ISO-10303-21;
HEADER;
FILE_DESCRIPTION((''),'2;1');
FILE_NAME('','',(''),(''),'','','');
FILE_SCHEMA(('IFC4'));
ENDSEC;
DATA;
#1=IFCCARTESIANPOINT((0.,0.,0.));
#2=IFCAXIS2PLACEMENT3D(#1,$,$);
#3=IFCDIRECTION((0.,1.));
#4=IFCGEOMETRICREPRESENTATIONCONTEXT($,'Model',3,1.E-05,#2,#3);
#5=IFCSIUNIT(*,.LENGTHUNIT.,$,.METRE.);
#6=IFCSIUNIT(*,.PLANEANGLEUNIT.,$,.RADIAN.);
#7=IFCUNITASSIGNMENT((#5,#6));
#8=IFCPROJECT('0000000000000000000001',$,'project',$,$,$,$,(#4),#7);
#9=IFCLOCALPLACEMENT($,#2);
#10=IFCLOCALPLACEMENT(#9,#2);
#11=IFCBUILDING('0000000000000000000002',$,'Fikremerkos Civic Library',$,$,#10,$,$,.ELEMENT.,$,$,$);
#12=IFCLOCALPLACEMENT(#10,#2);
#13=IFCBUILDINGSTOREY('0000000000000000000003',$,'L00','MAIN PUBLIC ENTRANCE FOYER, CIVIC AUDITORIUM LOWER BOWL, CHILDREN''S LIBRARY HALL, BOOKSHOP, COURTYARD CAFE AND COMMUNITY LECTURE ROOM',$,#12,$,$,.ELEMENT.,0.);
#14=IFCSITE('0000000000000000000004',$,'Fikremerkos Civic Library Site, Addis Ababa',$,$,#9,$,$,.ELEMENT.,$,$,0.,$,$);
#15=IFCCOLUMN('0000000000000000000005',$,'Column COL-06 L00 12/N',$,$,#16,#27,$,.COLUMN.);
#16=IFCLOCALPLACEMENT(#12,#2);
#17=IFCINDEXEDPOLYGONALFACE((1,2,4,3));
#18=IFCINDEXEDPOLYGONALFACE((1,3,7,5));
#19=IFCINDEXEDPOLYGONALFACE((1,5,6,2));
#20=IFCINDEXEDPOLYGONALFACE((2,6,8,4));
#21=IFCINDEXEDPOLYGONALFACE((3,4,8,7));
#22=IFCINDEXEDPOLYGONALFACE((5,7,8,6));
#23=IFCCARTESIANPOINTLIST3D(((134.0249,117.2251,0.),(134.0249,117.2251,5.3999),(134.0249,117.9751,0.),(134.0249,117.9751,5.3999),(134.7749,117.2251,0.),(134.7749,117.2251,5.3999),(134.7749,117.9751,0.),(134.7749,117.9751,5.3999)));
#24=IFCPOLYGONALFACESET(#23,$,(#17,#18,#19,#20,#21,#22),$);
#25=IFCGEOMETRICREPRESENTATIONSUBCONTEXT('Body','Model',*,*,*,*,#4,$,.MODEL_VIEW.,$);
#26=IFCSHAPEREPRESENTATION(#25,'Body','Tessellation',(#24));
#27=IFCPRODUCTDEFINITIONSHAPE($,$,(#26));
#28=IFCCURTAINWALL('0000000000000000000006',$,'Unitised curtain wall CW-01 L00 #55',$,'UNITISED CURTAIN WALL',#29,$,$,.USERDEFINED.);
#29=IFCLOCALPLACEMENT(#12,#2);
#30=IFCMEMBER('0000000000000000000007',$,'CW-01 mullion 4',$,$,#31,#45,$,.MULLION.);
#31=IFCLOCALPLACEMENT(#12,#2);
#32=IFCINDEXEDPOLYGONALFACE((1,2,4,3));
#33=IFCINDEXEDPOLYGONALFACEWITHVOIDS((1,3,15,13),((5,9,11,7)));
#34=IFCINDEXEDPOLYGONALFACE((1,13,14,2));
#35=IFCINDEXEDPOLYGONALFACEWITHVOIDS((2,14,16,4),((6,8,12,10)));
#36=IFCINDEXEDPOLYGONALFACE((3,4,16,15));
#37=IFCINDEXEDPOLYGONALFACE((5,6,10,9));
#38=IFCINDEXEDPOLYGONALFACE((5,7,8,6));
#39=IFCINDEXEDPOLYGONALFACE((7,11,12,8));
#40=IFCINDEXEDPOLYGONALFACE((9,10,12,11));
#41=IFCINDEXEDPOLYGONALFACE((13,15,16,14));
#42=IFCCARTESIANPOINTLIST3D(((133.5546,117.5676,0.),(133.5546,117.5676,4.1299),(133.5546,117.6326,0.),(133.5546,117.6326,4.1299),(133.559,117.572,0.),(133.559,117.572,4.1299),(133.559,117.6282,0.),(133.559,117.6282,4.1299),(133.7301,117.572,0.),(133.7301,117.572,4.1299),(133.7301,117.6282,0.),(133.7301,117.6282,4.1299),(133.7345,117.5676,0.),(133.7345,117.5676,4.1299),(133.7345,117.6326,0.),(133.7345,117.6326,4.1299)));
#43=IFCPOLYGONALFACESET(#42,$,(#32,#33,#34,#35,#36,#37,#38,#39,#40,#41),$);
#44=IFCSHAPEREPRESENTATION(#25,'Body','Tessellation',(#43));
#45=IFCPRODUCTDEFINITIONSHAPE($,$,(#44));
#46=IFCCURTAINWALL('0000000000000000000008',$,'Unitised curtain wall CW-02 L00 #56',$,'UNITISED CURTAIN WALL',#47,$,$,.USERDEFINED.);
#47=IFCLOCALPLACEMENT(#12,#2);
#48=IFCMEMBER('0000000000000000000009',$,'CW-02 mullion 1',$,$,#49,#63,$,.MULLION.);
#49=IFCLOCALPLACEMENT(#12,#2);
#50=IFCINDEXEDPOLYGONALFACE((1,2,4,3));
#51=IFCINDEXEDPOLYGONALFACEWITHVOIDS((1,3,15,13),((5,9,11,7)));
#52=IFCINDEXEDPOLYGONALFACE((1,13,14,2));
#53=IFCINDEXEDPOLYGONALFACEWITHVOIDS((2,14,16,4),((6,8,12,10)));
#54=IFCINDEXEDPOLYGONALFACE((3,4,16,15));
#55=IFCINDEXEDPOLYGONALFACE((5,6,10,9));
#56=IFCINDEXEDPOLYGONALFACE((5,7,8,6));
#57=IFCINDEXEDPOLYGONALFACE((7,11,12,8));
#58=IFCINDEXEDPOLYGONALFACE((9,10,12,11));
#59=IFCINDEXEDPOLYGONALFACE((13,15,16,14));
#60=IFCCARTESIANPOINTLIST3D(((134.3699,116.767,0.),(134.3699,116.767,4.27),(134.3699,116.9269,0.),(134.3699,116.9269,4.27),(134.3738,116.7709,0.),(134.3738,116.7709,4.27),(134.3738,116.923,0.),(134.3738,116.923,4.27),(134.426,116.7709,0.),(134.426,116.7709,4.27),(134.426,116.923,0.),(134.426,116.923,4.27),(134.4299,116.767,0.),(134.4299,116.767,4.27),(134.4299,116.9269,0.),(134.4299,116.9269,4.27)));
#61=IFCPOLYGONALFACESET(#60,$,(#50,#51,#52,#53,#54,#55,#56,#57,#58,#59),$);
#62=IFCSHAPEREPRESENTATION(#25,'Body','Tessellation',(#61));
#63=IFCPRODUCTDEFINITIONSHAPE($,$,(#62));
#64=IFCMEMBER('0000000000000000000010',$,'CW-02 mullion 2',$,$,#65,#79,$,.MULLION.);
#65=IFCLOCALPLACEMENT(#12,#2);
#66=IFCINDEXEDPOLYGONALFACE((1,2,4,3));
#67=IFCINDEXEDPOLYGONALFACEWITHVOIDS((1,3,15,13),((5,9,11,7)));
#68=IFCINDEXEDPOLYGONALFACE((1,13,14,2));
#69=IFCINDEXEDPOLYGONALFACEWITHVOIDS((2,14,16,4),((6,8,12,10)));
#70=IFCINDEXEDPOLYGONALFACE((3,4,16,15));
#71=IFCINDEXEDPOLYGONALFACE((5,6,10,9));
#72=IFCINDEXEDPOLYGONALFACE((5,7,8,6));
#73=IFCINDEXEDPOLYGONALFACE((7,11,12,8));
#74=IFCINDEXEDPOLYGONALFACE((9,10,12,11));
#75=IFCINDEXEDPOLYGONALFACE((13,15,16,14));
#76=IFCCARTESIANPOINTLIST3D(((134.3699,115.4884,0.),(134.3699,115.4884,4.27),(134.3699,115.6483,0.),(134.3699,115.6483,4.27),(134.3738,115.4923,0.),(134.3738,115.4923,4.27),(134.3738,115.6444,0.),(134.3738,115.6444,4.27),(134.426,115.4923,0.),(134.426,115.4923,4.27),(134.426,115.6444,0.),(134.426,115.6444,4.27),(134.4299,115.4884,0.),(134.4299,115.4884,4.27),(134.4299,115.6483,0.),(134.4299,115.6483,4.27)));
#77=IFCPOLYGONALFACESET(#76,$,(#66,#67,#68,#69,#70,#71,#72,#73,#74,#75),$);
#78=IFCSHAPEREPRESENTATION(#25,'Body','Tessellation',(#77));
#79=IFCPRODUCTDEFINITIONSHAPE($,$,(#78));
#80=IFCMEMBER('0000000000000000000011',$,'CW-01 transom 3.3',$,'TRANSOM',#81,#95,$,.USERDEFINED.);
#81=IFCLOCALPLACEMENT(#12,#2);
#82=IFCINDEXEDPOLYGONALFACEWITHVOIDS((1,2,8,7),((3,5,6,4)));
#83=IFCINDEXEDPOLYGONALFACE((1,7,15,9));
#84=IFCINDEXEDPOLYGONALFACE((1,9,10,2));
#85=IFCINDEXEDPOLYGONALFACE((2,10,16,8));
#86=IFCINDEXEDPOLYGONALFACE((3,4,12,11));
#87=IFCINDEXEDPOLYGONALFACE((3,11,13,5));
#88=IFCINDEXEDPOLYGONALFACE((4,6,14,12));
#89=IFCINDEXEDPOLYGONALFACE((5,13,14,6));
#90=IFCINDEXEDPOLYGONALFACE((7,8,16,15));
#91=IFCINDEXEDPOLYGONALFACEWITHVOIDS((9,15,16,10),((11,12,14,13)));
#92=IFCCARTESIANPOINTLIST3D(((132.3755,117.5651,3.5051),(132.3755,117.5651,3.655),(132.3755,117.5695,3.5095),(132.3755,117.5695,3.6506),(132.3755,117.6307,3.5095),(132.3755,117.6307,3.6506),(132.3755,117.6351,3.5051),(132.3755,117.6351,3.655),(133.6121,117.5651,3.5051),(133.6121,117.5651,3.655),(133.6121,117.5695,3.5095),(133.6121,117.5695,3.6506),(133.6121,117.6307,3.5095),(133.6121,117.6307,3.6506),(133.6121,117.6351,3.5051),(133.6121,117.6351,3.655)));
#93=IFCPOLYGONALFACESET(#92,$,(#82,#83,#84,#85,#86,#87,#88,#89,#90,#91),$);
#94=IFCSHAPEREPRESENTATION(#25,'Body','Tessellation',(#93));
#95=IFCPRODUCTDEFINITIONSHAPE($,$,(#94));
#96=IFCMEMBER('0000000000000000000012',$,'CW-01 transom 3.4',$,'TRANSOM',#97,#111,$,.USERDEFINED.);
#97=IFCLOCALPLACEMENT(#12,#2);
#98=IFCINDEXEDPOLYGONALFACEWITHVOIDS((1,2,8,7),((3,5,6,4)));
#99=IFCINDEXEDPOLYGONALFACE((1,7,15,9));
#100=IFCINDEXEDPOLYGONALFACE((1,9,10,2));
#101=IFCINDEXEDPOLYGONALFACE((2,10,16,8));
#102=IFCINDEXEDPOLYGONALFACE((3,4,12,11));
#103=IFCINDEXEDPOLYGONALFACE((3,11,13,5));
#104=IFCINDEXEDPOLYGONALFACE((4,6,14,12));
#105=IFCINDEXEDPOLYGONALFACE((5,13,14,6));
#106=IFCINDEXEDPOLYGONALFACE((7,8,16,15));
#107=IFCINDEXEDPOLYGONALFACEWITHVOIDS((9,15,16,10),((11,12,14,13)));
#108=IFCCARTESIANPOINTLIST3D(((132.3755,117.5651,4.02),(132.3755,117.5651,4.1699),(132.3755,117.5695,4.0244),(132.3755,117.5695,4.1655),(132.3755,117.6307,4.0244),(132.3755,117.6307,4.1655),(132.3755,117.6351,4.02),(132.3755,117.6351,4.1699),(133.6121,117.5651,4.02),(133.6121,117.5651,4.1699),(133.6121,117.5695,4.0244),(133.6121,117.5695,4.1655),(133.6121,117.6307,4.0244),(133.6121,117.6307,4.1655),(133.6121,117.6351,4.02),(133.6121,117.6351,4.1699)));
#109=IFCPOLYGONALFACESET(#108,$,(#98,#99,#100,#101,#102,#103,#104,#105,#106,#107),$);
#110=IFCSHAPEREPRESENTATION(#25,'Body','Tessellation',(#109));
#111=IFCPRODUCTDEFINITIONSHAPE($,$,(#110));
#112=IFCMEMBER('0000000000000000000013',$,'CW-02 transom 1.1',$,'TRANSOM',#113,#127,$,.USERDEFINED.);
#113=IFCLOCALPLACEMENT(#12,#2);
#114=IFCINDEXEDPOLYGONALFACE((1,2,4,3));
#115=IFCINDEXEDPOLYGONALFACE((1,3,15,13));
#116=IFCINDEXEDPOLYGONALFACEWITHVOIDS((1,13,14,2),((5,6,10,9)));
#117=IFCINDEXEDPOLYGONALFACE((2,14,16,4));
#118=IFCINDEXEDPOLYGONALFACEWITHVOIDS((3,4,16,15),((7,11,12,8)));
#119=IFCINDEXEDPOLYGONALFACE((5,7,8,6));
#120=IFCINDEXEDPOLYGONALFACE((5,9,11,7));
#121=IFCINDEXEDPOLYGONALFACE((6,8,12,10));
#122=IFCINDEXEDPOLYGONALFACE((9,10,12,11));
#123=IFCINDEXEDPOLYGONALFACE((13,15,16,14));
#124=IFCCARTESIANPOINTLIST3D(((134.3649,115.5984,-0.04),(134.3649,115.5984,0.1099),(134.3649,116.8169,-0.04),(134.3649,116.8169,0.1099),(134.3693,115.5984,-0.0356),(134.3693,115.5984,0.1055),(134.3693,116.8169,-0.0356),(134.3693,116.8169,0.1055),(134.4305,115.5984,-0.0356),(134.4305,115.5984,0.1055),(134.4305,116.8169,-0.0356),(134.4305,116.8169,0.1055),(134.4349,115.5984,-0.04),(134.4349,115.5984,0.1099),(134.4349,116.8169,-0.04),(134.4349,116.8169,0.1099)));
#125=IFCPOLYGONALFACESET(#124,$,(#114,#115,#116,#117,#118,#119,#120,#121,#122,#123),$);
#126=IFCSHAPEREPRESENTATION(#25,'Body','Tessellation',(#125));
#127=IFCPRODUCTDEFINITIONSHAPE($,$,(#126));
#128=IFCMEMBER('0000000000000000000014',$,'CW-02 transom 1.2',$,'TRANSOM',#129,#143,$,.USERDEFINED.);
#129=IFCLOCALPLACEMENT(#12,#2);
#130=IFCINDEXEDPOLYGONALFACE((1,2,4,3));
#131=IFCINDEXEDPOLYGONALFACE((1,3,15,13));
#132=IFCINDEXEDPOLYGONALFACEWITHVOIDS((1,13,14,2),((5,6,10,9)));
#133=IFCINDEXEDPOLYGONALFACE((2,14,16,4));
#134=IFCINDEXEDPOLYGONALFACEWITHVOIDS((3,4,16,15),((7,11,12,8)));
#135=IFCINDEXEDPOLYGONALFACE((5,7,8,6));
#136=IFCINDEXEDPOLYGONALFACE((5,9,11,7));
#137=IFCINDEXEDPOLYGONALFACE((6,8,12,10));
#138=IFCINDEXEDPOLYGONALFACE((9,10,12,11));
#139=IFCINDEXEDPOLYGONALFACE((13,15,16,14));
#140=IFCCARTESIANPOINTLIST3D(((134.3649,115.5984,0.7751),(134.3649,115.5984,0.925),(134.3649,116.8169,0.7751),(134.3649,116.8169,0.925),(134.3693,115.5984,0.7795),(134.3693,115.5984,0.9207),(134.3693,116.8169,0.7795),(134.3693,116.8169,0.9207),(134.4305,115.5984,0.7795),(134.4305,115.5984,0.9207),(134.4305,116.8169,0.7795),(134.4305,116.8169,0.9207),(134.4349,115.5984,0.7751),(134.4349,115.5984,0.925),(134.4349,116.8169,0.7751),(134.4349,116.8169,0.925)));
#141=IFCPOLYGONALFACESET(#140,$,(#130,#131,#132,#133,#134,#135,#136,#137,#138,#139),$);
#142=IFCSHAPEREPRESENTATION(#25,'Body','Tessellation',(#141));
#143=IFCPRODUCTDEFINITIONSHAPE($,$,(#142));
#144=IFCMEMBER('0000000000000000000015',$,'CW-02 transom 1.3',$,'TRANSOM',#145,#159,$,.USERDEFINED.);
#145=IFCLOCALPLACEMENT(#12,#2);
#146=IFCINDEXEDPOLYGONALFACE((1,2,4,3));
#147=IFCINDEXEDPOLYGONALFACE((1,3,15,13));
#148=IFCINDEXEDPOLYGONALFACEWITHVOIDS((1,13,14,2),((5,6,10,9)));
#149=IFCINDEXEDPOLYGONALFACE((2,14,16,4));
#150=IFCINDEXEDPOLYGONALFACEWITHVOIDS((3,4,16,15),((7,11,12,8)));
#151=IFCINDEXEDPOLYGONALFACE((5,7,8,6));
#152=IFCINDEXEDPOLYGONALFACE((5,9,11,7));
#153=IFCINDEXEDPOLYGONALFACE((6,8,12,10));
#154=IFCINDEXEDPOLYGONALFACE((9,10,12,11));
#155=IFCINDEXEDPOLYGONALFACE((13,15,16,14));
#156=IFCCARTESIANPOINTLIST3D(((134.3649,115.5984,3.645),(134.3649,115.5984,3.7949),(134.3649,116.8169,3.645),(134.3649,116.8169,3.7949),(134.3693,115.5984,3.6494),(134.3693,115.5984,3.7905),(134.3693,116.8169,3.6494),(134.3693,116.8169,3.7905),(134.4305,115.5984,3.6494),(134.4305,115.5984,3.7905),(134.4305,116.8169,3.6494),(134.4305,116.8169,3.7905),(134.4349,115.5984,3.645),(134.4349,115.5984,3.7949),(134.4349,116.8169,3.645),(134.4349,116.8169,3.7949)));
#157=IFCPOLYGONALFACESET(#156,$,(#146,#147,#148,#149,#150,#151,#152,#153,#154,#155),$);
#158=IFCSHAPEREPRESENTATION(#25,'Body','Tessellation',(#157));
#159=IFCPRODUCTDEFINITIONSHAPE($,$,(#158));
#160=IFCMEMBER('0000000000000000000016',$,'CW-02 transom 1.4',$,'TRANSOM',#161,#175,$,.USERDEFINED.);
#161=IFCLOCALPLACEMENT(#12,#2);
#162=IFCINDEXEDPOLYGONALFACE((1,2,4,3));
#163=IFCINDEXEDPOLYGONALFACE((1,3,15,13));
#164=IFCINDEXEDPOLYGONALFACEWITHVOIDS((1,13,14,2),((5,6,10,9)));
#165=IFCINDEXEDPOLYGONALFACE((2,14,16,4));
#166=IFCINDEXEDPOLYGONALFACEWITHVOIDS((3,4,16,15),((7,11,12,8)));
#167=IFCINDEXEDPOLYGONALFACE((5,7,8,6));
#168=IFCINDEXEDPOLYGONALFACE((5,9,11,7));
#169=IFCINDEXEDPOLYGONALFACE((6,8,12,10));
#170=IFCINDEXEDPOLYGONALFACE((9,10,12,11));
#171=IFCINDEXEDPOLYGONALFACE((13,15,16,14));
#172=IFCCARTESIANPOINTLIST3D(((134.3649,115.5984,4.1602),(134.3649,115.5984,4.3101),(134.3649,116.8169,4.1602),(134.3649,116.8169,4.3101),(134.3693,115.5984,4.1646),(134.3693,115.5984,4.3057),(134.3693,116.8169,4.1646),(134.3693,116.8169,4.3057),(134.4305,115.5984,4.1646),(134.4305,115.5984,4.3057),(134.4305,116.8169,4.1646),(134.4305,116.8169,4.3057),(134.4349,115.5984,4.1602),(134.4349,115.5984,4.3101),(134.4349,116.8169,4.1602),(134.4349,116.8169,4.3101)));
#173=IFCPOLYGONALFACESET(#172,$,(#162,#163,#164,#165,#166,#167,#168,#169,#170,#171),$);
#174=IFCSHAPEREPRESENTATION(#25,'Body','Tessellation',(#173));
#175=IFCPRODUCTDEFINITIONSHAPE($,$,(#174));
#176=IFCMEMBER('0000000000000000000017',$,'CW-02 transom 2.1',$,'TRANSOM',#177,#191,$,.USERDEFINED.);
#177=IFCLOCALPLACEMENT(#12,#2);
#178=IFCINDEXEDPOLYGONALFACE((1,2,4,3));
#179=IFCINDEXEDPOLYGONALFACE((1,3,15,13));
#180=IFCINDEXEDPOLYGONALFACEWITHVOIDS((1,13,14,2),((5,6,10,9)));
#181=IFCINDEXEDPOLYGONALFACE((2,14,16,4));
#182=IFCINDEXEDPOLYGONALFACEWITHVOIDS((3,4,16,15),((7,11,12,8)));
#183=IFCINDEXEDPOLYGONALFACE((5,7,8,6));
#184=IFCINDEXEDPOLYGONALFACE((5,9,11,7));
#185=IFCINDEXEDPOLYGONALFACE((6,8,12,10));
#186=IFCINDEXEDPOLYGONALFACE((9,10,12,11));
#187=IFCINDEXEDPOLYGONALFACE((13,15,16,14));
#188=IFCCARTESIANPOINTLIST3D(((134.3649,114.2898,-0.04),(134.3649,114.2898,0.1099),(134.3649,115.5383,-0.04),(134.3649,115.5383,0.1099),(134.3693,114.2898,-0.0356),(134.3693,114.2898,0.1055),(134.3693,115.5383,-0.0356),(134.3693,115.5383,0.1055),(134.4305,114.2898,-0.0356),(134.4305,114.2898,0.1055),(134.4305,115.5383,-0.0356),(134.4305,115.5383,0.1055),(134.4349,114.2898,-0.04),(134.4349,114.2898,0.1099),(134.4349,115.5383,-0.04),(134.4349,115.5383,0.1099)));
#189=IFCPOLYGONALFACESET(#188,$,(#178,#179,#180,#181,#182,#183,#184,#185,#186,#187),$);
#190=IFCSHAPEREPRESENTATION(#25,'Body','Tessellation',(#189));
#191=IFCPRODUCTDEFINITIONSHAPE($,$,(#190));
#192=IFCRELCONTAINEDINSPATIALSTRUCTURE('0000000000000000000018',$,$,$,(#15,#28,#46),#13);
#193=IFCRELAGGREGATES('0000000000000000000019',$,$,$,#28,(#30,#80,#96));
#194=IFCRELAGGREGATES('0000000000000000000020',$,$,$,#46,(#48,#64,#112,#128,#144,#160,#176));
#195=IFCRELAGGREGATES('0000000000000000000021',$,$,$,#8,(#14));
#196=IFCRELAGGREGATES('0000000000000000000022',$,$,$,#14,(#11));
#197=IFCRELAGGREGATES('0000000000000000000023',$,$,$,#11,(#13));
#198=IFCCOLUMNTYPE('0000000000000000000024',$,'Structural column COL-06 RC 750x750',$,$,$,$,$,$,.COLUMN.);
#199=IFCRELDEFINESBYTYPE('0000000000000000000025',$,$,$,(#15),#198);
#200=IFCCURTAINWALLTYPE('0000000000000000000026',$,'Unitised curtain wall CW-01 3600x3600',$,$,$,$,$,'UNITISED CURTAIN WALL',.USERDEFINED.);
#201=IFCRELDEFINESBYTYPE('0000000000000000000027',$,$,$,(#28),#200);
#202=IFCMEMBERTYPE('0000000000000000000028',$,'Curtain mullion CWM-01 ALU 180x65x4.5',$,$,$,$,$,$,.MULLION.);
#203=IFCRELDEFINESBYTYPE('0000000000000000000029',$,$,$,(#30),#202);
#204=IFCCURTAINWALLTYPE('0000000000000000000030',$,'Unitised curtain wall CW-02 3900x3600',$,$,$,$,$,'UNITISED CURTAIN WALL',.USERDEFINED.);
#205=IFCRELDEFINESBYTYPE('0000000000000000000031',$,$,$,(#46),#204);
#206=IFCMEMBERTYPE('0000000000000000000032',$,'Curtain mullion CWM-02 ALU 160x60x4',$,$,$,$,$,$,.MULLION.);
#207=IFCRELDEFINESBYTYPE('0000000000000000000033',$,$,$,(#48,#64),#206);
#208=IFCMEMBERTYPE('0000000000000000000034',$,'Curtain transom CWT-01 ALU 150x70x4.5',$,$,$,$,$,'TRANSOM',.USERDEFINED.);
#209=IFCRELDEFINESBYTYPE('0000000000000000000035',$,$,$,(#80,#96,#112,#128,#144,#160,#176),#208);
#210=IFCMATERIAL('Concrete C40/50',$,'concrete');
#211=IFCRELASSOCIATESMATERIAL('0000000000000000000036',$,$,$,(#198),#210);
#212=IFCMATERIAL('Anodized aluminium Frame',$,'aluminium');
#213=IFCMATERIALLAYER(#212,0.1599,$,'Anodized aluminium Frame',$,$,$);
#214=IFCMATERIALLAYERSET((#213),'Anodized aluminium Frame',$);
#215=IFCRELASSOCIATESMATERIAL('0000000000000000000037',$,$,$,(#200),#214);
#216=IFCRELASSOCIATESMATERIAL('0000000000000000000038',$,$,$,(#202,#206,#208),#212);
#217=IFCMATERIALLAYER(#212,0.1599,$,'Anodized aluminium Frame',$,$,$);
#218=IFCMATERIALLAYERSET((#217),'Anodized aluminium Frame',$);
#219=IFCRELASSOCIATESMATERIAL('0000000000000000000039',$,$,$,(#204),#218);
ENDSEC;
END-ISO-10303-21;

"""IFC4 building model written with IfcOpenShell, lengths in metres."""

from ifc_helpers import new_model, si_unit, direction, frame, origin, origin_2d, place, context, subcontext, project, spatial, rectangle, hollow_rectangle, extrude, material, layer, layer_set, material_profile, profile_set, type_object, element, aggregate, save


model = new_model("IFC4")

# Units and contexts
model_context = context("Model", 3, precision=1e-05, world=origin(), true_north=direction((0.0, 1.0)))
body_context = subcontext(model_context, "Body", "Model", "MODEL_VIEW")
ifc_project = project(units=[si_unit("LENGTHUNIT", "METRE"), si_unit("PLANEANGLEUNIT", "RADIAN")], contexts=[model_context])

# Site, building, storey
site_placement = place(None, origin())
site = spatial("IfcSite", under=ifc_project, at=site_placement, Name="Fikremerkos Civic Library Site, Addis Ababa", CompositionType="ELEMENT", RefElevation=0.0)
building_placement = place(site_placement, origin())
building = spatial("IfcBuilding", under=site, at=building_placement, Name="Fikremerkos Civic Library", CompositionType="ELEMENT")
storey_placement = place(building_placement, origin())
storey = spatial("IfcBuildingStorey", under=building, at=storey_placement, Name="L00", Description="MAIN PUBLIC ENTRANCE FOYER, CIVIC AUDITORIUM LOWER BOWL, CHILDREN'S LIBRARY HALL, BOOKSHOP, COURTYARD CAFE AND COMMUNITY LECTURE ROOM", CompositionType="ELEMENT", Elevation=0.0)

# Column
ifc_material_1 = material(Name="Concrete C40/50", Category="concrete")
ifc_material_profile_1 = material_profile(ifc_material_1, rectangle(XDim=0.75, YDim=0.75, at=origin_2d()), Name="RC 750x750")
ifc_profile_set_1 = profile_set([ifc_material_profile_1], Name="Concrete C40/50")
column_type = type_object("IfcColumnType", Name="Structural column COL-06 RC 750x750", PredefinedType="COLUMN", material=ifc_profile_set_1)
column_placement = place(storey_placement, frame((134.3999, 117.6001, 0.0), z_axis=(0.0, 0.0, 1.0), x_axis=(1.0, 0.0, 0.0)))
element("IfcColumn", 1, at=column_placement, inside=storey, type_object=column_type, Name="Column COL-06 L00 12/N", PredefinedType="COLUMN", context=body_context, shape_type="SweptSolid", body=[
    extrude(rectangle(XDim=0.75, YDim=0.75, at=origin_2d()), origin(), (0.0, 0.0, 1.0), 5.3999),
])

# Curtain wall, member
ifc_material_2 = material(Name="Anodized aluminium Frame", Category="aluminium")
ifc_layer_1 = layer(ifc_material_2, 0.1599, Name="Anodized aluminium Frame")
ifc_layer_set_1 = layer_set([ifc_layer_1], Name="Anodized aluminium Frame")
curtain_wall_type_1 = type_object("IfcCurtainWallType", Name="Unitised curtain wall CW-01 3600x3600", ElementType="UNITISED CURTAIN WALL", PredefinedType="USERDEFINED", material=ifc_layer_set_1)
curtain_wall_1_placement = place(storey_placement, origin())
curtain_wall_1 = element("IfcCurtainWall", 2, at=curtain_wall_1_placement, inside=storey, type_object=curtain_wall_type_1, Name="Unitised curtain wall CW-01 L00 #55", ObjectType="UNITISED CURTAIN WALL", PredefinedType="USERDEFINED")
ifc_material_profile_2 = material_profile(ifc_material_2, hollow_rectangle(XDim=0.0649, YDim=0.1799, WallThickness=0.0044, at=origin_2d()), Name="ALU 180x65x4.5")
ifc_profile_set_2 = profile_set([ifc_material_profile_2], Name="Anodized aluminium Frame")
member_type_1 = type_object("IfcMemberType", Name="Curtain mullion CWM-01 ALU 180x65x4.5", PredefinedType="MULLION", material=ifc_profile_set_2)
member_1_placement = place(storey_placement, frame((133.6445, 117.6001, 0.0), z_axis=(0.0, 0.0, 1.0), x_axis=(0.0, 1.0, 0.0)))
member_1 = element("IfcMember", 3, at=member_1_placement, type_object=member_type_1, Name="CW-01 mullion 4", PredefinedType="MULLION", context=body_context, shape_type="SweptSolid", body=[
    extrude(hollow_rectangle(XDim=0.0649, YDim=0.1799, WallThickness=0.0044, at=origin_2d()), origin(), (0.0, 0.0, 1.0), 4.1299),
])

# Curtain wall, members
ifc_layer_2 = layer(ifc_material_2, 0.1599, Name="Anodized aluminium Frame")
ifc_layer_set_2 = layer_set([ifc_layer_2], Name="Anodized aluminium Frame")
curtain_wall_type_2 = type_object("IfcCurtainWallType", Name="Unitised curtain wall CW-02 3900x3600", ElementType="UNITISED CURTAIN WALL", PredefinedType="USERDEFINED", material=ifc_layer_set_2)
curtain_wall_2_placement = place(storey_placement, origin())
curtain_wall_2 = element("IfcCurtainWall", 4, at=curtain_wall_2_placement, inside=storey, type_object=curtain_wall_type_2, Name="Unitised curtain wall CW-02 L00 #56", ObjectType="UNITISED CURTAIN WALL", PredefinedType="USERDEFINED")
ifc_material_profile_3 = material_profile(ifc_material_2, hollow_rectangle(XDim=0.0601, YDim=0.1599, WallThickness=0.0039, at=origin_2d()), Name="ALU 160x60x4")
ifc_profile_set_3 = profile_set([ifc_material_profile_3], Name="Anodized aluminium Frame")
member_type_2 = type_object("IfcMemberType", Name="Curtain mullion CWM-02 ALU 160x60x4", PredefinedType="MULLION", material=ifc_profile_set_3)
member_2_placement = place(storey_placement, frame((134.3999, 116.8469, 0.0), z_axis=(0.0, 0.0, 1.0), x_axis=(1.0, 0.0, 0.0)))
member_2 = element("IfcMember", 5, at=member_2_placement, type_object=member_type_2, Name="CW-02 mullion 1", PredefinedType="MULLION", context=body_context, shape_type="SweptSolid", body=[
    extrude(hollow_rectangle(XDim=0.0601, YDim=0.1599, WallThickness=0.0039, at=origin_2d()), origin(), (0.0, 0.0, 1.0), 4.27),
])
member_3_placement = place(storey_placement, frame((134.3999, 115.5684, 0.0), z_axis=(0.0, 0.0, 1.0), x_axis=(1.0, 0.0, 0.0)))
member_3 = element("IfcMember", 6, at=member_3_placement, type_object=member_type_2, Name="CW-02 mullion 2", PredefinedType="MULLION", context=body_context, shape_type="SweptSolid", body=[
    extrude(hollow_rectangle(XDim=0.0601, YDim=0.1599, WallThickness=0.0039, at=origin_2d()), origin(), (0.0, 0.0, 1.0), 4.27),
])

# Members
ifc_material_profile_4 = material_profile(ifc_material_2, hollow_rectangle(XDim=0.0701, YDim=0.1499, WallThickness=0.0044, at=origin_2d()), Name="ALU 150x70x4.5")
ifc_profile_set_4 = profile_set([ifc_material_profile_4], Name="Anodized aluminium Frame")
member_type_3 = type_object("IfcMemberType", Name="Curtain transom CWT-01 ALU 150x70x4.5", ElementType="TRANSOM", PredefinedType="USERDEFINED", material=ifc_profile_set_4)
member_4_placement = place(storey_placement, frame((132.3755, 117.6001, 3.5801), z_axis=(1.0, 0.0, 0.0), x_axis=(0.0, 1.0, 0.0)))
member_4 = element("IfcMember", 7, at=member_4_placement, type_object=member_type_3, Name="CW-01 transom 3.3", ObjectType="TRANSOM", PredefinedType="USERDEFINED", context=body_context, shape_type="SweptSolid", body=[
    extrude(hollow_rectangle(XDim=0.0701, YDim=0.1499, WallThickness=0.0044, at=origin_2d()), origin(), (0.0, 0.0, 1.0), 1.2366),
])
member_5_placement = place(storey_placement, frame((132.3755, 117.6001, 4.095), z_axis=(1.0, 0.0, 0.0), x_axis=(0.0, 1.0, 0.0)))
member_5 = element("IfcMember", 8, at=member_5_placement, type_object=member_type_3, Name="CW-01 transom 3.4", ObjectType="TRANSOM", PredefinedType="USERDEFINED", context=body_context, shape_type="SweptSolid", body=[
    extrude(hollow_rectangle(XDim=0.0701, YDim=0.1499, WallThickness=0.0044, at=origin_2d()), origin(), (0.0, 0.0, 1.0), 1.2366),
])
member_6_placement = place(storey_placement, frame((134.3999, 116.8169, 0.0349), z_axis=(0.0, -1.0, 0.0), x_axis=(1.0, 0.0, 0.0)))
member_6 = element("IfcMember", 9, at=member_6_placement, type_object=member_type_3, Name="CW-02 transom 1.1", ObjectType="TRANSOM", PredefinedType="USERDEFINED", context=body_context, shape_type="SweptSolid", body=[
    extrude(hollow_rectangle(XDim=0.0701, YDim=0.1499, WallThickness=0.0044, at=origin_2d()), origin(), (0.0, 0.0, 1.0), 1.2185),
])
member_7_placement = place(storey_placement, frame((134.3999, 116.8169, 0.8501), z_axis=(0.0, -1.0, 0.0), x_axis=(1.0, 0.0, 0.0)))
member_7 = element("IfcMember", 10, at=member_7_placement, type_object=member_type_3, Name="CW-02 transom 1.2", ObjectType="TRANSOM", PredefinedType="USERDEFINED", context=body_context, shape_type="SweptSolid", body=[
    extrude(hollow_rectangle(XDim=0.0701, YDim=0.1499, WallThickness=0.0044, at=origin_2d()), origin(), (0.0, 0.0, 1.0), 1.2185),
])
member_8_placement = place(storey_placement, frame((134.3999, 116.8169, 3.72), z_axis=(0.0, -1.0, 0.0), x_axis=(1.0, 0.0, 0.0)))
member_8 = element("IfcMember", 11, at=member_8_placement, type_object=member_type_3, Name="CW-02 transom 1.3", ObjectType="TRANSOM", PredefinedType="USERDEFINED", context=body_context, shape_type="SweptSolid", body=[
    extrude(hollow_rectangle(XDim=0.0701, YDim=0.1499, WallThickness=0.0044, at=origin_2d()), origin(), (0.0, 0.0, 1.0), 1.2185),
])
member_9_placement = place(storey_placement, frame((134.3999, 116.8169, 4.2351), z_axis=(0.0, -1.0, 0.0), x_axis=(1.0, 0.0, 0.0)))
member_9 = element("IfcMember", 12, at=member_9_placement, type_object=member_type_3, Name="CW-02 transom 1.4", ObjectType="TRANSOM", PredefinedType="USERDEFINED", context=body_context, shape_type="SweptSolid", body=[
    extrude(hollow_rectangle(XDim=0.0701, YDim=0.1499, WallThickness=0.0044, at=origin_2d()), origin(), (0.0, 0.0, 1.0), 1.2185),
])
member_10_placement = place(storey_placement, frame((134.3999, 115.5383, 0.0349), z_axis=(0.0, -1.0, 0.0), x_axis=(1.0, 0.0, 0.0)))
member_10 = element("IfcMember", 13, at=member_10_placement, type_object=member_type_3, Name="CW-02 transom 2.1", ObjectType="TRANSOM", PredefinedType="USERDEFINED", context=body_context, shape_type="SweptSolid", body=[
    extrude(hollow_rectangle(XDim=0.0701, YDim=0.1499, WallThickness=0.0044, at=origin_2d()), origin(), (0.0, 0.0, 1.0), 1.2485),
])

aggregate(curtain_wall_1, [member_1, member_4, member_5])
aggregate(curtain_wall_2, [member_2, member_3, member_6, member_7, member_8, member_9, member_10])

save(model, "model.ifc")
